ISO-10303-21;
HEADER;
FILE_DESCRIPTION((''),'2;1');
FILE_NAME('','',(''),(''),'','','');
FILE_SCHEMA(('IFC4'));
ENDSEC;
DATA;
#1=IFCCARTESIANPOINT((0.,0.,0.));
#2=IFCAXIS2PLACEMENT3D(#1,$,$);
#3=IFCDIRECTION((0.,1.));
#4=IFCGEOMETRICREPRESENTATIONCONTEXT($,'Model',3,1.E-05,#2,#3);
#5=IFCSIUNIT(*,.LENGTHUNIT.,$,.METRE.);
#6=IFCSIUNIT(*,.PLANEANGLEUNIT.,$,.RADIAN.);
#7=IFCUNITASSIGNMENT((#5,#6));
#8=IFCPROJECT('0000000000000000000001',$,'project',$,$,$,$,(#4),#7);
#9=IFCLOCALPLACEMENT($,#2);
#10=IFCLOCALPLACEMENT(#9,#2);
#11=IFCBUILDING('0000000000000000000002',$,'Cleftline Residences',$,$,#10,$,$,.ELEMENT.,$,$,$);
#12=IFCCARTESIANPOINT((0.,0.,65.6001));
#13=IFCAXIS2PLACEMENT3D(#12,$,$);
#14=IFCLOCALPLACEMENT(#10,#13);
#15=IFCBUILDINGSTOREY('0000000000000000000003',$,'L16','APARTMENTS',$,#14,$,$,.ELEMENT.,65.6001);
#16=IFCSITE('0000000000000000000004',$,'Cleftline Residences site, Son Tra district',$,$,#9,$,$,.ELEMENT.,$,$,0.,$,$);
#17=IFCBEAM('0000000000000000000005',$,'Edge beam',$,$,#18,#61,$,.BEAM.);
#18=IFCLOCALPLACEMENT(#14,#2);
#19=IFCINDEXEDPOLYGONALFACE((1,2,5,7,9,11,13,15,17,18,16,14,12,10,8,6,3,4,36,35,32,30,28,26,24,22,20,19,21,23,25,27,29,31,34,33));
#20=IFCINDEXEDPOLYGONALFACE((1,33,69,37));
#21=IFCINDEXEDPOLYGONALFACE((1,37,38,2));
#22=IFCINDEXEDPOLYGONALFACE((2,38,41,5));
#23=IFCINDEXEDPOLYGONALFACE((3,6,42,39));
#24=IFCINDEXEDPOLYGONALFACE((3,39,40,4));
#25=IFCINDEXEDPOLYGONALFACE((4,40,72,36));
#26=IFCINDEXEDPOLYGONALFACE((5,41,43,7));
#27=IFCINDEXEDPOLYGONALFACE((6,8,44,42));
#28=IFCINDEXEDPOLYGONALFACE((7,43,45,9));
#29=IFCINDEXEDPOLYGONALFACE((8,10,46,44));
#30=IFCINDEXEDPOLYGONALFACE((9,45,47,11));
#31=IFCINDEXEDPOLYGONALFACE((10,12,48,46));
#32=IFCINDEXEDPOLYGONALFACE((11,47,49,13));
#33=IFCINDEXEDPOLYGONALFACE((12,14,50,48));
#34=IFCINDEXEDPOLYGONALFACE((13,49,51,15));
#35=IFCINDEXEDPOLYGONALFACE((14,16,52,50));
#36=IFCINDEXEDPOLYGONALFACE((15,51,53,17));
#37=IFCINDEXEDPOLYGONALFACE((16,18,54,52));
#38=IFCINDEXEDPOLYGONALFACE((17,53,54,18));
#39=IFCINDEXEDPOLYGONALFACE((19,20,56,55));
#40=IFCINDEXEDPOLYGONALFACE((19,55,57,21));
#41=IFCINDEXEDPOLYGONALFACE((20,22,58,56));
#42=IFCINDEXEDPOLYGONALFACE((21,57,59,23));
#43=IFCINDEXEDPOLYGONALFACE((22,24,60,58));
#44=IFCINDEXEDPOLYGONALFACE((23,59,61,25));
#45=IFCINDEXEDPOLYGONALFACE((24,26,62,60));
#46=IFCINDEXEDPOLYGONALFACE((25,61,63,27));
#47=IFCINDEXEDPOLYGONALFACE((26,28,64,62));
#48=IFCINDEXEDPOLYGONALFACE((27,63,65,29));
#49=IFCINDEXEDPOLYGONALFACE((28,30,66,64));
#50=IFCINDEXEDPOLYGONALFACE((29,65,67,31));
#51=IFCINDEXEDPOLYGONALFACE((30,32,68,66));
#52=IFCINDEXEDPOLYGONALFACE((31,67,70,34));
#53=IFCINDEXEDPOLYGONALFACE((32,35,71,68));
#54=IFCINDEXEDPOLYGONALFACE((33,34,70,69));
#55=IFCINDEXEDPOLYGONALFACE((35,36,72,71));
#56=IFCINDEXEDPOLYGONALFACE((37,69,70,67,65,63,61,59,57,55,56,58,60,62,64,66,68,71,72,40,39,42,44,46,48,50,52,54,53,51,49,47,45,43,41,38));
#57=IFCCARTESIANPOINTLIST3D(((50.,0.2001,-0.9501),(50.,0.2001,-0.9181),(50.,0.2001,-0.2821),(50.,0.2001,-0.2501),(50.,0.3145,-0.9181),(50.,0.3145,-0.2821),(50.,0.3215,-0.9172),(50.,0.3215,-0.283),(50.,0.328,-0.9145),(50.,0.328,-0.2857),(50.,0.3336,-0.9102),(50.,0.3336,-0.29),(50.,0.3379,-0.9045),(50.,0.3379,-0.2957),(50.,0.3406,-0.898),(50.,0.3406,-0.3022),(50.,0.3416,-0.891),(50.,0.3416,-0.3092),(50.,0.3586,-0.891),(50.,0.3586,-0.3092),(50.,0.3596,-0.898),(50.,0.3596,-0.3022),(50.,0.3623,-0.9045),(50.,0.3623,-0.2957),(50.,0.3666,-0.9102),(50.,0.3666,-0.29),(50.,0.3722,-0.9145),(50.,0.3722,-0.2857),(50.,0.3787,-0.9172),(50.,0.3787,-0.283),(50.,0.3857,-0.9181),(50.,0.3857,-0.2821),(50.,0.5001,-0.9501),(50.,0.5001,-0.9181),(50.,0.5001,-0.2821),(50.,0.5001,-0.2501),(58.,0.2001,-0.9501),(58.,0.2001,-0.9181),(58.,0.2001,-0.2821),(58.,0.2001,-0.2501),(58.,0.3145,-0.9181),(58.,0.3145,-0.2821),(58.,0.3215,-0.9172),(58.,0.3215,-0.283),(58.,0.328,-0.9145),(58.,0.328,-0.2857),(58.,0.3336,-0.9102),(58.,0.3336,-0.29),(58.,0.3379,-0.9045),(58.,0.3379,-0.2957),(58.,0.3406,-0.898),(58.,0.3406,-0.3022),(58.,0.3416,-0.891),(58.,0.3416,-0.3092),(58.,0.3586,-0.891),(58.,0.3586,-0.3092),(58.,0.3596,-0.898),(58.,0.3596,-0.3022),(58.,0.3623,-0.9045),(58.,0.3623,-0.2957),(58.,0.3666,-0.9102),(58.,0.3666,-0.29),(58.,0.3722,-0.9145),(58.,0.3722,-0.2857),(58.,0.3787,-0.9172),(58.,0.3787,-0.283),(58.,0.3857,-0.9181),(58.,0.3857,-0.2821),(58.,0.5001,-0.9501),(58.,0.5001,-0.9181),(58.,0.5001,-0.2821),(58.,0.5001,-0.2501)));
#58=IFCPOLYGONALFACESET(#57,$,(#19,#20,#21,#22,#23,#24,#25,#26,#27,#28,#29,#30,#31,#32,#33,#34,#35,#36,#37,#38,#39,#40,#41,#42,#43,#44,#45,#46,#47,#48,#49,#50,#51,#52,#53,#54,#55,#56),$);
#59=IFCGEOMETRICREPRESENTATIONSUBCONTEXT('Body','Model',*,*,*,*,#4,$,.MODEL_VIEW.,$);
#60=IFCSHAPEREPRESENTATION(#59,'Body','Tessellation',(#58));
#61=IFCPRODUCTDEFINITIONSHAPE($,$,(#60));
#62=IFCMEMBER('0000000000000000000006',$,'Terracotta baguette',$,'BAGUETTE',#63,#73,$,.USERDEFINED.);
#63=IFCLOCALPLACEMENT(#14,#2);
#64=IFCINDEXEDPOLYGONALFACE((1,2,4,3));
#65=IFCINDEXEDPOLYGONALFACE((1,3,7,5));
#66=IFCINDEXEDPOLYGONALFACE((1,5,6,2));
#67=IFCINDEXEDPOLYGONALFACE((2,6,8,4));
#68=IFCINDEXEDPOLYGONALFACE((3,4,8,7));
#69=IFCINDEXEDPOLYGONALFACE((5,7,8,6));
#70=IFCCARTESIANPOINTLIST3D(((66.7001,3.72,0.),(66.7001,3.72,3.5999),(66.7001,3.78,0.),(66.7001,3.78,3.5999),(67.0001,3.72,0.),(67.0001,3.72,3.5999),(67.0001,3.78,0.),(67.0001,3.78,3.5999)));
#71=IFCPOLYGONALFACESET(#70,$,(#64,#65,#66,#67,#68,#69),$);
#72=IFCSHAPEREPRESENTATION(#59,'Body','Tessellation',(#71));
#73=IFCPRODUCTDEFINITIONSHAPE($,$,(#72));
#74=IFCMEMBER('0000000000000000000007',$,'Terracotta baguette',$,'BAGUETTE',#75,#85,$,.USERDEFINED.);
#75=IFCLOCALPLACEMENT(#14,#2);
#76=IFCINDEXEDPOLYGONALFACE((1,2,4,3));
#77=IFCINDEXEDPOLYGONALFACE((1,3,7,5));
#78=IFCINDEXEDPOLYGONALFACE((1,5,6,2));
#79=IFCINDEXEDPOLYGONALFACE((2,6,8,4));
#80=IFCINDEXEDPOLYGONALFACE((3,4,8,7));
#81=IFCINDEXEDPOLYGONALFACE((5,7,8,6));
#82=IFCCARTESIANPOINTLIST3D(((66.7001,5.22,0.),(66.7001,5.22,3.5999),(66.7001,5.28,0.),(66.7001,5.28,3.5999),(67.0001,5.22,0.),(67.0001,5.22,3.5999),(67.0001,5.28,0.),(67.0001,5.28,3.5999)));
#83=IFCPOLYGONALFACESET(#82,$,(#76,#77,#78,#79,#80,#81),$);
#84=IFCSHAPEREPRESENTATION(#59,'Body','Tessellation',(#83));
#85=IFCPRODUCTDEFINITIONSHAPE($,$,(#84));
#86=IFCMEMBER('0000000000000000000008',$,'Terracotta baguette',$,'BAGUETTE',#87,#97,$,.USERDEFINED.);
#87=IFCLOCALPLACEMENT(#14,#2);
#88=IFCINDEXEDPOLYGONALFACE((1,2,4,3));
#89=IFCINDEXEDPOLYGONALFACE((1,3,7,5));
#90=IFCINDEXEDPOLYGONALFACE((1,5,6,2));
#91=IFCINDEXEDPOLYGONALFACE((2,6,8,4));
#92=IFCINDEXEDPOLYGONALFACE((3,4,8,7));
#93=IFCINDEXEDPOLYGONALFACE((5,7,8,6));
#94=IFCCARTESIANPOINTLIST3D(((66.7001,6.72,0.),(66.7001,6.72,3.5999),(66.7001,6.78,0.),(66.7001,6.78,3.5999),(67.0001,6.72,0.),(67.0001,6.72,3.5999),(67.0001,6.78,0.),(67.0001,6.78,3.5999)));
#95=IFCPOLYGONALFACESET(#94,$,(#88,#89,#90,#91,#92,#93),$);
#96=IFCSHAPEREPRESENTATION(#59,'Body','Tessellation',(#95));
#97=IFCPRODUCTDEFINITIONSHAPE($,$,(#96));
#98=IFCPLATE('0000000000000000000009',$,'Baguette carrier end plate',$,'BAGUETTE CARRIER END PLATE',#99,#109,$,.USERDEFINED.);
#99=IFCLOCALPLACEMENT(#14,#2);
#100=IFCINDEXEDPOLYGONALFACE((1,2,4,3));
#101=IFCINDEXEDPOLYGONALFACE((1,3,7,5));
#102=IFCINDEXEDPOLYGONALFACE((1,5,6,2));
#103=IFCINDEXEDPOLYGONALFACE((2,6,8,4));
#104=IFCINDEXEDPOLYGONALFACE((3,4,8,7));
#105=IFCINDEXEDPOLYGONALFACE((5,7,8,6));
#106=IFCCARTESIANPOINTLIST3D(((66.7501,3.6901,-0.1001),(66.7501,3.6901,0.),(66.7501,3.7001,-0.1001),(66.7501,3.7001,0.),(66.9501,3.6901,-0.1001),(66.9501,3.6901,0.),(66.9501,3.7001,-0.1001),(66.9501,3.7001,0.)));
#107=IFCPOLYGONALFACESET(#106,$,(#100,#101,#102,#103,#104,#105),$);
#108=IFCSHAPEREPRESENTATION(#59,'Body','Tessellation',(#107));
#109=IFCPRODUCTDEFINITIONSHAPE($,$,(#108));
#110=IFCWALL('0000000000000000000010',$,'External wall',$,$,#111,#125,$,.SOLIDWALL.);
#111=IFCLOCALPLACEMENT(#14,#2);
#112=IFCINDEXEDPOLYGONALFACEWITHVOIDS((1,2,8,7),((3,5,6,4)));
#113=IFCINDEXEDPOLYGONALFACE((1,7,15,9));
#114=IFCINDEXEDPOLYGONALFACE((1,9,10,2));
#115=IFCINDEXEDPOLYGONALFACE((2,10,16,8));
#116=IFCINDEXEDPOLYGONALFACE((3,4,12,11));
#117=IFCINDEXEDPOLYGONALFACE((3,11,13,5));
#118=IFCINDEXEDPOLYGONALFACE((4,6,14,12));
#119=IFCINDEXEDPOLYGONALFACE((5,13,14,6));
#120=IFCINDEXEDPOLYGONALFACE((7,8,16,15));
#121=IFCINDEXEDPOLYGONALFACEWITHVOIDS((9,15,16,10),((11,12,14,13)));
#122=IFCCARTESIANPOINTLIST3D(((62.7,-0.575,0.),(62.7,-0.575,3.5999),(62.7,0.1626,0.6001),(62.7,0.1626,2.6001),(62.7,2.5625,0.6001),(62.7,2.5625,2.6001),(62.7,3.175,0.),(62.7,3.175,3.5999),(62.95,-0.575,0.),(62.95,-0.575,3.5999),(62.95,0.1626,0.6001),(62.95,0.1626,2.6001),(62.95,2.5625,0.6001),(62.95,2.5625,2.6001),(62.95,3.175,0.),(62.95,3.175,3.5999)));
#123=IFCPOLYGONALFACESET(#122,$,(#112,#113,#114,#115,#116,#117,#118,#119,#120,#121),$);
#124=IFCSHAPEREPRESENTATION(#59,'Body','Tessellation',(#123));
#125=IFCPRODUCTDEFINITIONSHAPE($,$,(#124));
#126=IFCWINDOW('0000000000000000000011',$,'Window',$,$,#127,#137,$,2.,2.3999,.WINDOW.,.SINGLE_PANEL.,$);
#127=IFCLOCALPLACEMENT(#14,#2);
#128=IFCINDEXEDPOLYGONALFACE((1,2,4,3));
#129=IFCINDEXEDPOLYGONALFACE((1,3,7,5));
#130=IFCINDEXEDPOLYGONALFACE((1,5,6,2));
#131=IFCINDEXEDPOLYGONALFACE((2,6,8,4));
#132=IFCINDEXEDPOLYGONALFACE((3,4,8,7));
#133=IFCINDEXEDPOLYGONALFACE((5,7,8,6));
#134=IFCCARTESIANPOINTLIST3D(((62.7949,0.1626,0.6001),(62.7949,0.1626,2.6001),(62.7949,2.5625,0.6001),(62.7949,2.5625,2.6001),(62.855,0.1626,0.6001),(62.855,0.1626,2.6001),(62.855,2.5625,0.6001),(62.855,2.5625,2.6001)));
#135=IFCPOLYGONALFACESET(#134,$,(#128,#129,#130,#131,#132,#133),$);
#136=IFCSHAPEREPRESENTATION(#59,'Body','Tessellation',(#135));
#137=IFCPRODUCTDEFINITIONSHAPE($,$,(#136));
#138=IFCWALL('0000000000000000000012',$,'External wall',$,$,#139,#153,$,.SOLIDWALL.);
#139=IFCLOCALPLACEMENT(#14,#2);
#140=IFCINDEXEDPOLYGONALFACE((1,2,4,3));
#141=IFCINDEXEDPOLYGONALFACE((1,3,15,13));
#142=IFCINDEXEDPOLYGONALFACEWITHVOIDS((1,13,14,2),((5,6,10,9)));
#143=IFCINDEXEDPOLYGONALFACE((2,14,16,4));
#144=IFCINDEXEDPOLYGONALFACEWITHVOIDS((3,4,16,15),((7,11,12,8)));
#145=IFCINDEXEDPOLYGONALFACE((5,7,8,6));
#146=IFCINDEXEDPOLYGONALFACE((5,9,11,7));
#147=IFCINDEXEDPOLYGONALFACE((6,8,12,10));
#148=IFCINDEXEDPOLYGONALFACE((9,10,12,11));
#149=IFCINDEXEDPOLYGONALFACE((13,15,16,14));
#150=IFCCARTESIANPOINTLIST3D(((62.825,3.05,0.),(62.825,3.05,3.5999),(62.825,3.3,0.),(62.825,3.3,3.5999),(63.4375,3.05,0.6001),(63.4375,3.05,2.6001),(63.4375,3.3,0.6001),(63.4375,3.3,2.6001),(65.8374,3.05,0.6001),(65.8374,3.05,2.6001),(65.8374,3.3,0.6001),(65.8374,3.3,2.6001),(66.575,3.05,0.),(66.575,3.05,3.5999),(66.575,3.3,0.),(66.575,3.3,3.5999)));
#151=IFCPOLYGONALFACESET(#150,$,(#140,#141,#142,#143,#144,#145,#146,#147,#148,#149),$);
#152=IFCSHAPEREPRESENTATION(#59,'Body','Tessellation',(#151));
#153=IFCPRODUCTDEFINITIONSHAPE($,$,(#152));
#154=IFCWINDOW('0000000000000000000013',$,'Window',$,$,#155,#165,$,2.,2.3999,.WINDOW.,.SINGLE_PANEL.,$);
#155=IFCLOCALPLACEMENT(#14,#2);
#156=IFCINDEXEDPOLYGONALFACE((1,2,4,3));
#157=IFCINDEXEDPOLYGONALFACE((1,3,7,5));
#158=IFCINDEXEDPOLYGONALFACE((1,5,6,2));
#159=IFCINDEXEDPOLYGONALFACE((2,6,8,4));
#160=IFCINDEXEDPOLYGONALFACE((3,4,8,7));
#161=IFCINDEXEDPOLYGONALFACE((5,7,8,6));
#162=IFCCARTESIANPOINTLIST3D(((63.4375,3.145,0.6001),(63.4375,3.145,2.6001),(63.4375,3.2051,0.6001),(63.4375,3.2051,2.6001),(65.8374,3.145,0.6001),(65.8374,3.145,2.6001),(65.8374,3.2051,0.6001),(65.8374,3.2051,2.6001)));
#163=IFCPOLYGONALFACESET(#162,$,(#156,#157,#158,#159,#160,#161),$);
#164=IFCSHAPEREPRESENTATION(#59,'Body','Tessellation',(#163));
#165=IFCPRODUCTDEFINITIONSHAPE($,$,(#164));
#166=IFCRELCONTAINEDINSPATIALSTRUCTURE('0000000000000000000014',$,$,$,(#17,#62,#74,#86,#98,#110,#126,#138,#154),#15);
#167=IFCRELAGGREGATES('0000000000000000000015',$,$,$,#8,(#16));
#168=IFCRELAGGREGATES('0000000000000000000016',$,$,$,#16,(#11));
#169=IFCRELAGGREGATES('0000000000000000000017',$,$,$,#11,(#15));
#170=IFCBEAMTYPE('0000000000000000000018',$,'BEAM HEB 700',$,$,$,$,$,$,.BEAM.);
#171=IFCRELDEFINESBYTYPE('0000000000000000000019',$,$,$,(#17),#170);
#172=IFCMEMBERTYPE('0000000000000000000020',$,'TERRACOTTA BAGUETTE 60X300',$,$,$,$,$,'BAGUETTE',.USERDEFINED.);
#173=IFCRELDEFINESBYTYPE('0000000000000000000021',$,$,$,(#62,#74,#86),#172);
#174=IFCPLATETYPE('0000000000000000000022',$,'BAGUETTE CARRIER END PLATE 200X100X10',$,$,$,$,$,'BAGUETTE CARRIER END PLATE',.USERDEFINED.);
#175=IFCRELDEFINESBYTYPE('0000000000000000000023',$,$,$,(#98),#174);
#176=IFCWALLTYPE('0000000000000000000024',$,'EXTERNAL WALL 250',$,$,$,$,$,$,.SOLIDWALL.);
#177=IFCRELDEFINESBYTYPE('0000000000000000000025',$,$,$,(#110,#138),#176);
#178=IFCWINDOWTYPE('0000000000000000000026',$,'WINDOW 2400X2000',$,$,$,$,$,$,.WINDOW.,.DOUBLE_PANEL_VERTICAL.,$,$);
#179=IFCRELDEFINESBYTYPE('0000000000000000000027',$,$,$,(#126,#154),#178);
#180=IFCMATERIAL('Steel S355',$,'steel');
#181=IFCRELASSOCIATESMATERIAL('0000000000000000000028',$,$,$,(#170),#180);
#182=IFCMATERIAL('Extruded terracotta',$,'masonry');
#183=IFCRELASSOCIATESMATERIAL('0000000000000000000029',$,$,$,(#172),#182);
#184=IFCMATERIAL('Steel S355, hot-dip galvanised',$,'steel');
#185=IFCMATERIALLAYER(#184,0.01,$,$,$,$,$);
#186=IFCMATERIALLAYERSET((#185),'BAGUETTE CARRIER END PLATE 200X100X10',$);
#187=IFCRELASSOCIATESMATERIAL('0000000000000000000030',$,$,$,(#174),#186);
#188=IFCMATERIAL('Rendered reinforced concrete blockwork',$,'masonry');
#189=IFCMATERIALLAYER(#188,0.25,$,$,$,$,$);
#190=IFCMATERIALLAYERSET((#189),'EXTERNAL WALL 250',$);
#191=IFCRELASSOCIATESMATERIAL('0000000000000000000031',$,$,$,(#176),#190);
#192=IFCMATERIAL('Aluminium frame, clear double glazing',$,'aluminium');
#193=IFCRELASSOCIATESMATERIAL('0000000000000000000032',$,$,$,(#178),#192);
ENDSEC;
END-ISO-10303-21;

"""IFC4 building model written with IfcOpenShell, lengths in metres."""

from ifc_helpers import new_model, si_unit, direction, frame, frame_2d, origin, origin_2d, place, context, subcontext, project, spatial, rectangle, i_section, extrude, material, layer, layer_set, material_profile, profile_set, type_object, element, fill, save


model = new_model("IFC4")

# Units and contexts
model_context = context("Model", 3, precision=1e-05, world=origin(), true_north=direction((0.0, 1.0)))
body_context = subcontext(model_context, "Body", "Model", "MODEL_VIEW")
ifc_project = project(units=[si_unit("LENGTHUNIT", "METRE"), si_unit("PLANEANGLEUNIT", "RADIAN")], contexts=[model_context])

# Site, building, storey
site_placement = place(None, origin())
site = spatial("IfcSite", under=ifc_project, at=site_placement, Name="Cleftline Residences site, Son Tra district", CompositionType="ELEMENT", RefElevation=0.0)
building_placement = place(site_placement, origin())
building = spatial("IfcBuilding", under=site, at=building_placement, Name="Cleftline Residences", CompositionType="ELEMENT")
storey_placement = place(building_placement, frame((0.0, 0.0, 65.6001)))
storey = spatial("IfcBuildingStorey", under=building, at=storey_placement, Name="L16", Description="APARTMENTS", CompositionType="ELEMENT", Elevation=65.6001)

# Beam
ifc_material_1 = material(Name="Steel S355", Category="steel")
ifc_material_profile_1 = material_profile(ifc_material_1, i_section(OverallWidth=0.3, OverallDepth=0.7, WebThickness=0.0171, FlangeThickness=0.032, FilletRadius=0.0271, at=origin_2d()))
ifc_profile_set_1 = profile_set([ifc_material_profile_1], Name="Steel S355")
beam_type = type_object("IfcBeamType", Name="BEAM HEB 700", PredefinedType="BEAM", material=ifc_profile_set_1)
beam_placement = place(storey_placement, frame((58.0, 0.3501, -0.6001), z_axis=(-1.0, 0.0, 0.0), x_axis=(0.0, -1.0, 0.0)))
element("IfcBeam", 1, at=beam_placement, inside=storey, type_object=beam_type, Name="Edge beam", PredefinedType="BEAM", context=body_context, shape_type="SweptSolid", body=[
    extrude(i_section(OverallWidth=0.3, OverallDepth=0.7, WebThickness=0.0171, FlangeThickness=0.032, FilletRadius=0.0271, at=origin_2d()), origin(), (0.0, 0.0, 1.0), 8.0),
])

# Members
ifc_material_2 = material(Name="Extruded terracotta", Category="masonry")
ifc_material_profile_2 = material_profile(ifc_material_2, rectangle(XDim=0.0601, YDim=0.3, at=origin_2d()))
ifc_profile_set_2 = profile_set([ifc_material_profile_2], Name="Extruded terracotta")
member_type_1 = type_object("IfcMemberType", Name="TERRACOTTA BAGUETTE 60X300", ElementType="BAGUETTE", PredefinedType="USERDEFINED", material=ifc_profile_set_2)
for number, where, z_axis, x_axis, name in (
    (2, (66.8501, 3.75, 0.0), (0.0, 0.0, 1.0), (0.0, 1.0, 0.0), "Terracotta baguette"),
    (3, (66.8501, 5.25, 0.0), (0.0, 0.0, 1.0), (0.0, 1.0, 0.0), "Terracotta baguette"),
    (4, (66.8501, 6.75, 0.0), (0.0, 0.0, 1.0), (0.0, 1.0, 0.0), "Terracotta baguette"),
):
    element("IfcMember", number, at=place(storey_placement, frame(where, z_axis=z_axis, x_axis=x_axis)), inside=storey, type_object=member_type_1, Name=name, ObjectType="BAGUETTE", PredefinedType="USERDEFINED", context=body_context, shape_type="SweptSolid", body=[
        extrude(rectangle(XDim=0.0601, YDim=0.3, at=origin_2d()), origin(), (0.0, 0.0, 1.0), 3.5999),
    ])

# Plate
ifc_material_3 = material(Name="Steel S355, hot-dip galvanised", Category="steel")
ifc_layer_1 = layer(ifc_material_3, 0.01)
ifc_layer_set_1 = layer_set([ifc_layer_1], Name="BAGUETTE CARRIER END PLATE 200X100X10")
plate_type = type_object("IfcPlateType", Name="BAGUETTE CARRIER END PLATE 200X100X10", ElementType="BAGUETTE CARRIER END PLATE", PredefinedType="USERDEFINED", material=ifc_layer_set_1)
plate_placement = place(storey_placement, frame((66.8501, 3.6951, -0.1001), z_axis=(0.0, 0.0, 1.0), x_axis=(1.0, 0.0, 0.0)))
element("IfcPlate", 5, at=plate_placement, inside=storey, type_object=plate_type, Name="Baguette carrier end plate", ObjectType="BAGUETTE CARRIER END PLATE", PredefinedType="USERDEFINED", context=body_context, shape_type="SweptSolid", body=[
    extrude(rectangle(XDim=0.2, YDim=0.01, at=origin_2d()), origin(), (0.0, 0.0, 1.0), 0.1001),
])

# Walls, openings, windows
ifc_material_4 = material(Name="Rendered reinforced concrete blockwork", Category="masonry")
ifc_layer_2 = layer(ifc_material_4, 0.25)
ifc_layer_set_2 = layer_set([ifc_layer_2], Name="EXTERNAL WALL 250")
wall_type_1 = type_object("IfcWallType", Name="EXTERNAL WALL 250", PredefinedType="SOLIDWALL", material=ifc_layer_set_2)
wall_1_placement = place(storey_placement, frame((62.825, -0.575, 0.0), z_axis=(0.0, 0.0, 1.0), x_axis=(0.0, 1.0, 0.0)))
wall_1 = element("IfcWall", 6, at=wall_1_placement, inside=storey, type_object=wall_type_1, Name="External wall", PredefinedType="SOLIDWALL", context=body_context, shape_type="SweptSolid", body=[
    extrude(rectangle(XDim=3.75, YDim=0.25, at=frame_2d((1.875, 0.0))), origin(), (0.0, 0.0, 1.0), 3.5999),
])
opening_1_placement = place(wall_1_placement, frame((0.7375, 0.0, 0.6001)))
opening_1 = element("IfcOpeningElement", 7, at=opening_1_placement, cuts=wall_1, PredefinedType="OPENING", context=body_context, shape_type="SweptSolid", body=[
    extrude(rectangle(XDim=2.3999, YDim=2.0, at=frame_2d((1.2, 1.0))), frame((0.0, 0.135, 0.0), z_axis=(0.0, -1.0, 0.0), x_axis=(1.0, 0.0, 0.0)), (0.0, 0.0, 1.0), 0.27),
])
ifc_material_5 = material(Name="Aluminium frame, clear double glazing", Category="aluminium")
window_type_1 = type_object("IfcWindowType", Name="WINDOW 2400X2000", PartitioningType="DOUBLE_PANEL_VERTICAL", PredefinedType="WINDOW", material=ifc_material_5)
window_1_placement = place(opening_1_placement, origin())
window_1 = element("IfcWindow", 8, at=window_1_placement, inside=storey, type_object=window_type_1, Name="Window", OverallHeight=2.0, OverallWidth=2.3999, PartitioningType="SINGLE_PANEL", PredefinedType="WINDOW", context=body_context, shape_type="SweptSolid", body=[
    extrude(rectangle(XDim=2.3999, YDim=2.0, at=frame_2d((1.2, 1.0))), frame((0.0, 0.03, 0.0), z_axis=(0.0, -1.0, 0.0), x_axis=(1.0, 0.0, 0.0)), (0.0, 0.0, 1.0), 0.0601),
])
fill(opening_1, window_1)
wall_2_placement = place(storey_placement, frame((62.825, 3.175, 0.0), z_axis=(0.0, 0.0, 1.0), x_axis=(1.0, 0.0, 0.0)))
wall_2 = element("IfcWall", 9, at=wall_2_placement, inside=storey, type_object=wall_type_1, Name="External wall", PredefinedType="SOLIDWALL", context=body_context, shape_type="SweptSolid", body=[
    extrude(rectangle(XDim=3.75, YDim=0.25, at=frame_2d((1.875, 0.0))), origin(), (0.0, 0.0, 1.0), 3.5999),
])
opening_2_placement = place(wall_2_placement, frame((0.6125, 0.0, 0.6001)))
opening_2 = element("IfcOpeningElement", 10, at=opening_2_placement, cuts=wall_2, PredefinedType="OPENING", context=body_context, shape_type="SweptSolid", body=[
    extrude(rectangle(XDim=2.3999, YDim=2.0, at=frame_2d((1.2, 1.0))), frame((0.0, 0.135, 0.0), z_axis=(0.0, -1.0, 0.0), x_axis=(1.0, 0.0, 0.0)), (0.0, 0.0, 1.0), 0.27),
])
window_2_placement = place(opening_2_placement, origin())
window_2 = element("IfcWindow", 11, at=window_2_placement, inside=storey, type_object=window_type_1, Name="Window", OverallHeight=2.0, OverallWidth=2.3999, PartitioningType="SINGLE_PANEL", PredefinedType="WINDOW", context=body_context, shape_type="SweptSolid", body=[
    extrude(rectangle(XDim=2.3999, YDim=2.0, at=frame_2d((1.2, 1.0))), frame((0.0, 0.03, 0.0), z_axis=(0.0, -1.0, 0.0), x_axis=(1.0, 0.0, 0.0)), (0.0, 0.0, 1.0), 0.0601),
])
fill(opening_2, window_2)

save(model, "model.ifc")
